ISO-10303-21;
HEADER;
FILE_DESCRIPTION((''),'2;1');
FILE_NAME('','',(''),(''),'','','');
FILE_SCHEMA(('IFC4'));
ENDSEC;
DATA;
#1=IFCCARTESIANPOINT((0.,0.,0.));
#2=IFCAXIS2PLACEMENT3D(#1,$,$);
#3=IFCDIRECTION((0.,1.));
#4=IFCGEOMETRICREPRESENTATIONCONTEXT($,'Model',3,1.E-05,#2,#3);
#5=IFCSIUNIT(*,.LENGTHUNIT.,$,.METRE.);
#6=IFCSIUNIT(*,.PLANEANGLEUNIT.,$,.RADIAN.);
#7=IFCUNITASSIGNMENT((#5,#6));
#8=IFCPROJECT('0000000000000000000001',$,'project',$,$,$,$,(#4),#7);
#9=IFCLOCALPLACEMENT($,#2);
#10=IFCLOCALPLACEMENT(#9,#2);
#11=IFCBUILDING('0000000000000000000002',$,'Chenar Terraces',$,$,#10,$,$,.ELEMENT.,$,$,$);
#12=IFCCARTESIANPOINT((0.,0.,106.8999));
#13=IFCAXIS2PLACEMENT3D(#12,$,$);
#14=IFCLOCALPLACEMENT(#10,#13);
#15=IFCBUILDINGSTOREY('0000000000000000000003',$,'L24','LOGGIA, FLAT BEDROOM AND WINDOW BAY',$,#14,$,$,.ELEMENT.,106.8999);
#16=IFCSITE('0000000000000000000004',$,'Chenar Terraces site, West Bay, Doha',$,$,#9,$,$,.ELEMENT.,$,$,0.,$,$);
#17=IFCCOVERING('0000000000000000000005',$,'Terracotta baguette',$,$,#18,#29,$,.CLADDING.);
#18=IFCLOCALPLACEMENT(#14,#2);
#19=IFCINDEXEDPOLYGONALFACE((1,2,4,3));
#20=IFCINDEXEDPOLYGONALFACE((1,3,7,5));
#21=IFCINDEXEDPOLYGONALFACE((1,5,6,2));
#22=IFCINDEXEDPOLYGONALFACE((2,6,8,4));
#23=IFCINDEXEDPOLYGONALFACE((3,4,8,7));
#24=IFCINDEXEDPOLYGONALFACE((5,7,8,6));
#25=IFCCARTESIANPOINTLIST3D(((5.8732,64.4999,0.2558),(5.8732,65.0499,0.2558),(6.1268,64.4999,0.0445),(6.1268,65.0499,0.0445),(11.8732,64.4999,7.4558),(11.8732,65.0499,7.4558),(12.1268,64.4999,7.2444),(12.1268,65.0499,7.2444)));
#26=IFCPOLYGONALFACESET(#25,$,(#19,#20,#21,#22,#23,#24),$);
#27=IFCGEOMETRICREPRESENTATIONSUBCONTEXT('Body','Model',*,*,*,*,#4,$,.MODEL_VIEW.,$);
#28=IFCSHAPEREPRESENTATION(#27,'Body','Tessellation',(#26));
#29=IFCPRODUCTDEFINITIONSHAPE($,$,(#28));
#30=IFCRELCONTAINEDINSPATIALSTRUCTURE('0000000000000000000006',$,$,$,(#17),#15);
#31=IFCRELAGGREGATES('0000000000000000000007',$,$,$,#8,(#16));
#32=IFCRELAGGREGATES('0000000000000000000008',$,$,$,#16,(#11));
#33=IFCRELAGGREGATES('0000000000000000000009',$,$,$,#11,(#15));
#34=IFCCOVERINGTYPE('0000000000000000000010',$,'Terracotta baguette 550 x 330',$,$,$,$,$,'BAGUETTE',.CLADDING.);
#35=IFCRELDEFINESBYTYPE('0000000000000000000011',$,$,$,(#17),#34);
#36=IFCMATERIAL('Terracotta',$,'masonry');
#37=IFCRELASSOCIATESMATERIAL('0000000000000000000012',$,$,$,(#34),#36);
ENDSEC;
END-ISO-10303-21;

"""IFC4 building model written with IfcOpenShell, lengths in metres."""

from ifc_helpers import new_model, si_unit, direction, frame, origin, origin_2d, place, context, subcontext, project, spatial, rectangle, extrude, material, material_profile, profile_set, type_object, element, save


model = new_model("IFC4")

# Units and contexts
model_context = context("Model", 3, precision=1e-05, world=origin(), true_north=direction((0.0, 1.0)))
body_context = subcontext(model_context, "Body", "Model", "MODEL_VIEW")
ifc_project = project(units=[si_unit("LENGTHUNIT", "METRE"), si_unit("PLANEANGLEUNIT", "RADIAN")], contexts=[model_context])

# Site, building, storey
site_placement = place(None, origin())
site = spatial("IfcSite", under=ifc_project, at=site_placement, Name="Chenar Terraces site, West Bay, Doha", CompositionType="ELEMENT", RefElevation=0.0)
building_placement = place(site_placement, origin())
building = spatial("IfcBuilding", under=site, at=building_placement, Name="Chenar Terraces", CompositionType="ELEMENT")
storey_placement = place(building_placement, frame((0.0, 0.0, 106.8999)))
storey = spatial("IfcBuildingStorey", under=building, at=storey_placement, Name="L24", Description="LOGGIA, FLAT BEDROOM AND WINDOW BAY", CompositionType="ELEMENT", Elevation=106.8999)

# Covering
ifc_material_1 = material(Name="Terracotta", Category="masonry")
ifc_material_profile_1 = material_profile(ifc_material_1, rectangle(XDim=0.55, YDim=0.3301, at=origin_2d()), Name="Terracotta baguette 550 x 330")
ifc_profile_set_1 = profile_set([ifc_material_profile_1], Name="Terracotta")
covering_type = type_object("IfcCoveringType", Name="Terracotta baguette 550 x 330", ElementType="BAGUETTE", PredefinedType="CLADDING", material=ifc_profile_set_1)
for number, where, z_axis, x_axis, name in (
    (1, (12.0, 64.7749, 7.3501), (-0.640187, 0.0, -0.768219), (0.0, -1.0, 0.0), "Terracotta baguette"),
):
    element("IfcCovering", number, at=place(storey_placement, frame(where, z_axis=z_axis, x_axis=x_axis)), inside=storey, type_object=covering_type, Name=name, PredefinedType="CLADDING", context=body_context, shape_type="SweptSolid", body=[
        extrude(rectangle(XDim=0.55, YDim=0.3301, at=origin_2d()), origin(), (0.0, 0.0, 1.0), 9.3723),
    ])

save(model, "model.ifc")
